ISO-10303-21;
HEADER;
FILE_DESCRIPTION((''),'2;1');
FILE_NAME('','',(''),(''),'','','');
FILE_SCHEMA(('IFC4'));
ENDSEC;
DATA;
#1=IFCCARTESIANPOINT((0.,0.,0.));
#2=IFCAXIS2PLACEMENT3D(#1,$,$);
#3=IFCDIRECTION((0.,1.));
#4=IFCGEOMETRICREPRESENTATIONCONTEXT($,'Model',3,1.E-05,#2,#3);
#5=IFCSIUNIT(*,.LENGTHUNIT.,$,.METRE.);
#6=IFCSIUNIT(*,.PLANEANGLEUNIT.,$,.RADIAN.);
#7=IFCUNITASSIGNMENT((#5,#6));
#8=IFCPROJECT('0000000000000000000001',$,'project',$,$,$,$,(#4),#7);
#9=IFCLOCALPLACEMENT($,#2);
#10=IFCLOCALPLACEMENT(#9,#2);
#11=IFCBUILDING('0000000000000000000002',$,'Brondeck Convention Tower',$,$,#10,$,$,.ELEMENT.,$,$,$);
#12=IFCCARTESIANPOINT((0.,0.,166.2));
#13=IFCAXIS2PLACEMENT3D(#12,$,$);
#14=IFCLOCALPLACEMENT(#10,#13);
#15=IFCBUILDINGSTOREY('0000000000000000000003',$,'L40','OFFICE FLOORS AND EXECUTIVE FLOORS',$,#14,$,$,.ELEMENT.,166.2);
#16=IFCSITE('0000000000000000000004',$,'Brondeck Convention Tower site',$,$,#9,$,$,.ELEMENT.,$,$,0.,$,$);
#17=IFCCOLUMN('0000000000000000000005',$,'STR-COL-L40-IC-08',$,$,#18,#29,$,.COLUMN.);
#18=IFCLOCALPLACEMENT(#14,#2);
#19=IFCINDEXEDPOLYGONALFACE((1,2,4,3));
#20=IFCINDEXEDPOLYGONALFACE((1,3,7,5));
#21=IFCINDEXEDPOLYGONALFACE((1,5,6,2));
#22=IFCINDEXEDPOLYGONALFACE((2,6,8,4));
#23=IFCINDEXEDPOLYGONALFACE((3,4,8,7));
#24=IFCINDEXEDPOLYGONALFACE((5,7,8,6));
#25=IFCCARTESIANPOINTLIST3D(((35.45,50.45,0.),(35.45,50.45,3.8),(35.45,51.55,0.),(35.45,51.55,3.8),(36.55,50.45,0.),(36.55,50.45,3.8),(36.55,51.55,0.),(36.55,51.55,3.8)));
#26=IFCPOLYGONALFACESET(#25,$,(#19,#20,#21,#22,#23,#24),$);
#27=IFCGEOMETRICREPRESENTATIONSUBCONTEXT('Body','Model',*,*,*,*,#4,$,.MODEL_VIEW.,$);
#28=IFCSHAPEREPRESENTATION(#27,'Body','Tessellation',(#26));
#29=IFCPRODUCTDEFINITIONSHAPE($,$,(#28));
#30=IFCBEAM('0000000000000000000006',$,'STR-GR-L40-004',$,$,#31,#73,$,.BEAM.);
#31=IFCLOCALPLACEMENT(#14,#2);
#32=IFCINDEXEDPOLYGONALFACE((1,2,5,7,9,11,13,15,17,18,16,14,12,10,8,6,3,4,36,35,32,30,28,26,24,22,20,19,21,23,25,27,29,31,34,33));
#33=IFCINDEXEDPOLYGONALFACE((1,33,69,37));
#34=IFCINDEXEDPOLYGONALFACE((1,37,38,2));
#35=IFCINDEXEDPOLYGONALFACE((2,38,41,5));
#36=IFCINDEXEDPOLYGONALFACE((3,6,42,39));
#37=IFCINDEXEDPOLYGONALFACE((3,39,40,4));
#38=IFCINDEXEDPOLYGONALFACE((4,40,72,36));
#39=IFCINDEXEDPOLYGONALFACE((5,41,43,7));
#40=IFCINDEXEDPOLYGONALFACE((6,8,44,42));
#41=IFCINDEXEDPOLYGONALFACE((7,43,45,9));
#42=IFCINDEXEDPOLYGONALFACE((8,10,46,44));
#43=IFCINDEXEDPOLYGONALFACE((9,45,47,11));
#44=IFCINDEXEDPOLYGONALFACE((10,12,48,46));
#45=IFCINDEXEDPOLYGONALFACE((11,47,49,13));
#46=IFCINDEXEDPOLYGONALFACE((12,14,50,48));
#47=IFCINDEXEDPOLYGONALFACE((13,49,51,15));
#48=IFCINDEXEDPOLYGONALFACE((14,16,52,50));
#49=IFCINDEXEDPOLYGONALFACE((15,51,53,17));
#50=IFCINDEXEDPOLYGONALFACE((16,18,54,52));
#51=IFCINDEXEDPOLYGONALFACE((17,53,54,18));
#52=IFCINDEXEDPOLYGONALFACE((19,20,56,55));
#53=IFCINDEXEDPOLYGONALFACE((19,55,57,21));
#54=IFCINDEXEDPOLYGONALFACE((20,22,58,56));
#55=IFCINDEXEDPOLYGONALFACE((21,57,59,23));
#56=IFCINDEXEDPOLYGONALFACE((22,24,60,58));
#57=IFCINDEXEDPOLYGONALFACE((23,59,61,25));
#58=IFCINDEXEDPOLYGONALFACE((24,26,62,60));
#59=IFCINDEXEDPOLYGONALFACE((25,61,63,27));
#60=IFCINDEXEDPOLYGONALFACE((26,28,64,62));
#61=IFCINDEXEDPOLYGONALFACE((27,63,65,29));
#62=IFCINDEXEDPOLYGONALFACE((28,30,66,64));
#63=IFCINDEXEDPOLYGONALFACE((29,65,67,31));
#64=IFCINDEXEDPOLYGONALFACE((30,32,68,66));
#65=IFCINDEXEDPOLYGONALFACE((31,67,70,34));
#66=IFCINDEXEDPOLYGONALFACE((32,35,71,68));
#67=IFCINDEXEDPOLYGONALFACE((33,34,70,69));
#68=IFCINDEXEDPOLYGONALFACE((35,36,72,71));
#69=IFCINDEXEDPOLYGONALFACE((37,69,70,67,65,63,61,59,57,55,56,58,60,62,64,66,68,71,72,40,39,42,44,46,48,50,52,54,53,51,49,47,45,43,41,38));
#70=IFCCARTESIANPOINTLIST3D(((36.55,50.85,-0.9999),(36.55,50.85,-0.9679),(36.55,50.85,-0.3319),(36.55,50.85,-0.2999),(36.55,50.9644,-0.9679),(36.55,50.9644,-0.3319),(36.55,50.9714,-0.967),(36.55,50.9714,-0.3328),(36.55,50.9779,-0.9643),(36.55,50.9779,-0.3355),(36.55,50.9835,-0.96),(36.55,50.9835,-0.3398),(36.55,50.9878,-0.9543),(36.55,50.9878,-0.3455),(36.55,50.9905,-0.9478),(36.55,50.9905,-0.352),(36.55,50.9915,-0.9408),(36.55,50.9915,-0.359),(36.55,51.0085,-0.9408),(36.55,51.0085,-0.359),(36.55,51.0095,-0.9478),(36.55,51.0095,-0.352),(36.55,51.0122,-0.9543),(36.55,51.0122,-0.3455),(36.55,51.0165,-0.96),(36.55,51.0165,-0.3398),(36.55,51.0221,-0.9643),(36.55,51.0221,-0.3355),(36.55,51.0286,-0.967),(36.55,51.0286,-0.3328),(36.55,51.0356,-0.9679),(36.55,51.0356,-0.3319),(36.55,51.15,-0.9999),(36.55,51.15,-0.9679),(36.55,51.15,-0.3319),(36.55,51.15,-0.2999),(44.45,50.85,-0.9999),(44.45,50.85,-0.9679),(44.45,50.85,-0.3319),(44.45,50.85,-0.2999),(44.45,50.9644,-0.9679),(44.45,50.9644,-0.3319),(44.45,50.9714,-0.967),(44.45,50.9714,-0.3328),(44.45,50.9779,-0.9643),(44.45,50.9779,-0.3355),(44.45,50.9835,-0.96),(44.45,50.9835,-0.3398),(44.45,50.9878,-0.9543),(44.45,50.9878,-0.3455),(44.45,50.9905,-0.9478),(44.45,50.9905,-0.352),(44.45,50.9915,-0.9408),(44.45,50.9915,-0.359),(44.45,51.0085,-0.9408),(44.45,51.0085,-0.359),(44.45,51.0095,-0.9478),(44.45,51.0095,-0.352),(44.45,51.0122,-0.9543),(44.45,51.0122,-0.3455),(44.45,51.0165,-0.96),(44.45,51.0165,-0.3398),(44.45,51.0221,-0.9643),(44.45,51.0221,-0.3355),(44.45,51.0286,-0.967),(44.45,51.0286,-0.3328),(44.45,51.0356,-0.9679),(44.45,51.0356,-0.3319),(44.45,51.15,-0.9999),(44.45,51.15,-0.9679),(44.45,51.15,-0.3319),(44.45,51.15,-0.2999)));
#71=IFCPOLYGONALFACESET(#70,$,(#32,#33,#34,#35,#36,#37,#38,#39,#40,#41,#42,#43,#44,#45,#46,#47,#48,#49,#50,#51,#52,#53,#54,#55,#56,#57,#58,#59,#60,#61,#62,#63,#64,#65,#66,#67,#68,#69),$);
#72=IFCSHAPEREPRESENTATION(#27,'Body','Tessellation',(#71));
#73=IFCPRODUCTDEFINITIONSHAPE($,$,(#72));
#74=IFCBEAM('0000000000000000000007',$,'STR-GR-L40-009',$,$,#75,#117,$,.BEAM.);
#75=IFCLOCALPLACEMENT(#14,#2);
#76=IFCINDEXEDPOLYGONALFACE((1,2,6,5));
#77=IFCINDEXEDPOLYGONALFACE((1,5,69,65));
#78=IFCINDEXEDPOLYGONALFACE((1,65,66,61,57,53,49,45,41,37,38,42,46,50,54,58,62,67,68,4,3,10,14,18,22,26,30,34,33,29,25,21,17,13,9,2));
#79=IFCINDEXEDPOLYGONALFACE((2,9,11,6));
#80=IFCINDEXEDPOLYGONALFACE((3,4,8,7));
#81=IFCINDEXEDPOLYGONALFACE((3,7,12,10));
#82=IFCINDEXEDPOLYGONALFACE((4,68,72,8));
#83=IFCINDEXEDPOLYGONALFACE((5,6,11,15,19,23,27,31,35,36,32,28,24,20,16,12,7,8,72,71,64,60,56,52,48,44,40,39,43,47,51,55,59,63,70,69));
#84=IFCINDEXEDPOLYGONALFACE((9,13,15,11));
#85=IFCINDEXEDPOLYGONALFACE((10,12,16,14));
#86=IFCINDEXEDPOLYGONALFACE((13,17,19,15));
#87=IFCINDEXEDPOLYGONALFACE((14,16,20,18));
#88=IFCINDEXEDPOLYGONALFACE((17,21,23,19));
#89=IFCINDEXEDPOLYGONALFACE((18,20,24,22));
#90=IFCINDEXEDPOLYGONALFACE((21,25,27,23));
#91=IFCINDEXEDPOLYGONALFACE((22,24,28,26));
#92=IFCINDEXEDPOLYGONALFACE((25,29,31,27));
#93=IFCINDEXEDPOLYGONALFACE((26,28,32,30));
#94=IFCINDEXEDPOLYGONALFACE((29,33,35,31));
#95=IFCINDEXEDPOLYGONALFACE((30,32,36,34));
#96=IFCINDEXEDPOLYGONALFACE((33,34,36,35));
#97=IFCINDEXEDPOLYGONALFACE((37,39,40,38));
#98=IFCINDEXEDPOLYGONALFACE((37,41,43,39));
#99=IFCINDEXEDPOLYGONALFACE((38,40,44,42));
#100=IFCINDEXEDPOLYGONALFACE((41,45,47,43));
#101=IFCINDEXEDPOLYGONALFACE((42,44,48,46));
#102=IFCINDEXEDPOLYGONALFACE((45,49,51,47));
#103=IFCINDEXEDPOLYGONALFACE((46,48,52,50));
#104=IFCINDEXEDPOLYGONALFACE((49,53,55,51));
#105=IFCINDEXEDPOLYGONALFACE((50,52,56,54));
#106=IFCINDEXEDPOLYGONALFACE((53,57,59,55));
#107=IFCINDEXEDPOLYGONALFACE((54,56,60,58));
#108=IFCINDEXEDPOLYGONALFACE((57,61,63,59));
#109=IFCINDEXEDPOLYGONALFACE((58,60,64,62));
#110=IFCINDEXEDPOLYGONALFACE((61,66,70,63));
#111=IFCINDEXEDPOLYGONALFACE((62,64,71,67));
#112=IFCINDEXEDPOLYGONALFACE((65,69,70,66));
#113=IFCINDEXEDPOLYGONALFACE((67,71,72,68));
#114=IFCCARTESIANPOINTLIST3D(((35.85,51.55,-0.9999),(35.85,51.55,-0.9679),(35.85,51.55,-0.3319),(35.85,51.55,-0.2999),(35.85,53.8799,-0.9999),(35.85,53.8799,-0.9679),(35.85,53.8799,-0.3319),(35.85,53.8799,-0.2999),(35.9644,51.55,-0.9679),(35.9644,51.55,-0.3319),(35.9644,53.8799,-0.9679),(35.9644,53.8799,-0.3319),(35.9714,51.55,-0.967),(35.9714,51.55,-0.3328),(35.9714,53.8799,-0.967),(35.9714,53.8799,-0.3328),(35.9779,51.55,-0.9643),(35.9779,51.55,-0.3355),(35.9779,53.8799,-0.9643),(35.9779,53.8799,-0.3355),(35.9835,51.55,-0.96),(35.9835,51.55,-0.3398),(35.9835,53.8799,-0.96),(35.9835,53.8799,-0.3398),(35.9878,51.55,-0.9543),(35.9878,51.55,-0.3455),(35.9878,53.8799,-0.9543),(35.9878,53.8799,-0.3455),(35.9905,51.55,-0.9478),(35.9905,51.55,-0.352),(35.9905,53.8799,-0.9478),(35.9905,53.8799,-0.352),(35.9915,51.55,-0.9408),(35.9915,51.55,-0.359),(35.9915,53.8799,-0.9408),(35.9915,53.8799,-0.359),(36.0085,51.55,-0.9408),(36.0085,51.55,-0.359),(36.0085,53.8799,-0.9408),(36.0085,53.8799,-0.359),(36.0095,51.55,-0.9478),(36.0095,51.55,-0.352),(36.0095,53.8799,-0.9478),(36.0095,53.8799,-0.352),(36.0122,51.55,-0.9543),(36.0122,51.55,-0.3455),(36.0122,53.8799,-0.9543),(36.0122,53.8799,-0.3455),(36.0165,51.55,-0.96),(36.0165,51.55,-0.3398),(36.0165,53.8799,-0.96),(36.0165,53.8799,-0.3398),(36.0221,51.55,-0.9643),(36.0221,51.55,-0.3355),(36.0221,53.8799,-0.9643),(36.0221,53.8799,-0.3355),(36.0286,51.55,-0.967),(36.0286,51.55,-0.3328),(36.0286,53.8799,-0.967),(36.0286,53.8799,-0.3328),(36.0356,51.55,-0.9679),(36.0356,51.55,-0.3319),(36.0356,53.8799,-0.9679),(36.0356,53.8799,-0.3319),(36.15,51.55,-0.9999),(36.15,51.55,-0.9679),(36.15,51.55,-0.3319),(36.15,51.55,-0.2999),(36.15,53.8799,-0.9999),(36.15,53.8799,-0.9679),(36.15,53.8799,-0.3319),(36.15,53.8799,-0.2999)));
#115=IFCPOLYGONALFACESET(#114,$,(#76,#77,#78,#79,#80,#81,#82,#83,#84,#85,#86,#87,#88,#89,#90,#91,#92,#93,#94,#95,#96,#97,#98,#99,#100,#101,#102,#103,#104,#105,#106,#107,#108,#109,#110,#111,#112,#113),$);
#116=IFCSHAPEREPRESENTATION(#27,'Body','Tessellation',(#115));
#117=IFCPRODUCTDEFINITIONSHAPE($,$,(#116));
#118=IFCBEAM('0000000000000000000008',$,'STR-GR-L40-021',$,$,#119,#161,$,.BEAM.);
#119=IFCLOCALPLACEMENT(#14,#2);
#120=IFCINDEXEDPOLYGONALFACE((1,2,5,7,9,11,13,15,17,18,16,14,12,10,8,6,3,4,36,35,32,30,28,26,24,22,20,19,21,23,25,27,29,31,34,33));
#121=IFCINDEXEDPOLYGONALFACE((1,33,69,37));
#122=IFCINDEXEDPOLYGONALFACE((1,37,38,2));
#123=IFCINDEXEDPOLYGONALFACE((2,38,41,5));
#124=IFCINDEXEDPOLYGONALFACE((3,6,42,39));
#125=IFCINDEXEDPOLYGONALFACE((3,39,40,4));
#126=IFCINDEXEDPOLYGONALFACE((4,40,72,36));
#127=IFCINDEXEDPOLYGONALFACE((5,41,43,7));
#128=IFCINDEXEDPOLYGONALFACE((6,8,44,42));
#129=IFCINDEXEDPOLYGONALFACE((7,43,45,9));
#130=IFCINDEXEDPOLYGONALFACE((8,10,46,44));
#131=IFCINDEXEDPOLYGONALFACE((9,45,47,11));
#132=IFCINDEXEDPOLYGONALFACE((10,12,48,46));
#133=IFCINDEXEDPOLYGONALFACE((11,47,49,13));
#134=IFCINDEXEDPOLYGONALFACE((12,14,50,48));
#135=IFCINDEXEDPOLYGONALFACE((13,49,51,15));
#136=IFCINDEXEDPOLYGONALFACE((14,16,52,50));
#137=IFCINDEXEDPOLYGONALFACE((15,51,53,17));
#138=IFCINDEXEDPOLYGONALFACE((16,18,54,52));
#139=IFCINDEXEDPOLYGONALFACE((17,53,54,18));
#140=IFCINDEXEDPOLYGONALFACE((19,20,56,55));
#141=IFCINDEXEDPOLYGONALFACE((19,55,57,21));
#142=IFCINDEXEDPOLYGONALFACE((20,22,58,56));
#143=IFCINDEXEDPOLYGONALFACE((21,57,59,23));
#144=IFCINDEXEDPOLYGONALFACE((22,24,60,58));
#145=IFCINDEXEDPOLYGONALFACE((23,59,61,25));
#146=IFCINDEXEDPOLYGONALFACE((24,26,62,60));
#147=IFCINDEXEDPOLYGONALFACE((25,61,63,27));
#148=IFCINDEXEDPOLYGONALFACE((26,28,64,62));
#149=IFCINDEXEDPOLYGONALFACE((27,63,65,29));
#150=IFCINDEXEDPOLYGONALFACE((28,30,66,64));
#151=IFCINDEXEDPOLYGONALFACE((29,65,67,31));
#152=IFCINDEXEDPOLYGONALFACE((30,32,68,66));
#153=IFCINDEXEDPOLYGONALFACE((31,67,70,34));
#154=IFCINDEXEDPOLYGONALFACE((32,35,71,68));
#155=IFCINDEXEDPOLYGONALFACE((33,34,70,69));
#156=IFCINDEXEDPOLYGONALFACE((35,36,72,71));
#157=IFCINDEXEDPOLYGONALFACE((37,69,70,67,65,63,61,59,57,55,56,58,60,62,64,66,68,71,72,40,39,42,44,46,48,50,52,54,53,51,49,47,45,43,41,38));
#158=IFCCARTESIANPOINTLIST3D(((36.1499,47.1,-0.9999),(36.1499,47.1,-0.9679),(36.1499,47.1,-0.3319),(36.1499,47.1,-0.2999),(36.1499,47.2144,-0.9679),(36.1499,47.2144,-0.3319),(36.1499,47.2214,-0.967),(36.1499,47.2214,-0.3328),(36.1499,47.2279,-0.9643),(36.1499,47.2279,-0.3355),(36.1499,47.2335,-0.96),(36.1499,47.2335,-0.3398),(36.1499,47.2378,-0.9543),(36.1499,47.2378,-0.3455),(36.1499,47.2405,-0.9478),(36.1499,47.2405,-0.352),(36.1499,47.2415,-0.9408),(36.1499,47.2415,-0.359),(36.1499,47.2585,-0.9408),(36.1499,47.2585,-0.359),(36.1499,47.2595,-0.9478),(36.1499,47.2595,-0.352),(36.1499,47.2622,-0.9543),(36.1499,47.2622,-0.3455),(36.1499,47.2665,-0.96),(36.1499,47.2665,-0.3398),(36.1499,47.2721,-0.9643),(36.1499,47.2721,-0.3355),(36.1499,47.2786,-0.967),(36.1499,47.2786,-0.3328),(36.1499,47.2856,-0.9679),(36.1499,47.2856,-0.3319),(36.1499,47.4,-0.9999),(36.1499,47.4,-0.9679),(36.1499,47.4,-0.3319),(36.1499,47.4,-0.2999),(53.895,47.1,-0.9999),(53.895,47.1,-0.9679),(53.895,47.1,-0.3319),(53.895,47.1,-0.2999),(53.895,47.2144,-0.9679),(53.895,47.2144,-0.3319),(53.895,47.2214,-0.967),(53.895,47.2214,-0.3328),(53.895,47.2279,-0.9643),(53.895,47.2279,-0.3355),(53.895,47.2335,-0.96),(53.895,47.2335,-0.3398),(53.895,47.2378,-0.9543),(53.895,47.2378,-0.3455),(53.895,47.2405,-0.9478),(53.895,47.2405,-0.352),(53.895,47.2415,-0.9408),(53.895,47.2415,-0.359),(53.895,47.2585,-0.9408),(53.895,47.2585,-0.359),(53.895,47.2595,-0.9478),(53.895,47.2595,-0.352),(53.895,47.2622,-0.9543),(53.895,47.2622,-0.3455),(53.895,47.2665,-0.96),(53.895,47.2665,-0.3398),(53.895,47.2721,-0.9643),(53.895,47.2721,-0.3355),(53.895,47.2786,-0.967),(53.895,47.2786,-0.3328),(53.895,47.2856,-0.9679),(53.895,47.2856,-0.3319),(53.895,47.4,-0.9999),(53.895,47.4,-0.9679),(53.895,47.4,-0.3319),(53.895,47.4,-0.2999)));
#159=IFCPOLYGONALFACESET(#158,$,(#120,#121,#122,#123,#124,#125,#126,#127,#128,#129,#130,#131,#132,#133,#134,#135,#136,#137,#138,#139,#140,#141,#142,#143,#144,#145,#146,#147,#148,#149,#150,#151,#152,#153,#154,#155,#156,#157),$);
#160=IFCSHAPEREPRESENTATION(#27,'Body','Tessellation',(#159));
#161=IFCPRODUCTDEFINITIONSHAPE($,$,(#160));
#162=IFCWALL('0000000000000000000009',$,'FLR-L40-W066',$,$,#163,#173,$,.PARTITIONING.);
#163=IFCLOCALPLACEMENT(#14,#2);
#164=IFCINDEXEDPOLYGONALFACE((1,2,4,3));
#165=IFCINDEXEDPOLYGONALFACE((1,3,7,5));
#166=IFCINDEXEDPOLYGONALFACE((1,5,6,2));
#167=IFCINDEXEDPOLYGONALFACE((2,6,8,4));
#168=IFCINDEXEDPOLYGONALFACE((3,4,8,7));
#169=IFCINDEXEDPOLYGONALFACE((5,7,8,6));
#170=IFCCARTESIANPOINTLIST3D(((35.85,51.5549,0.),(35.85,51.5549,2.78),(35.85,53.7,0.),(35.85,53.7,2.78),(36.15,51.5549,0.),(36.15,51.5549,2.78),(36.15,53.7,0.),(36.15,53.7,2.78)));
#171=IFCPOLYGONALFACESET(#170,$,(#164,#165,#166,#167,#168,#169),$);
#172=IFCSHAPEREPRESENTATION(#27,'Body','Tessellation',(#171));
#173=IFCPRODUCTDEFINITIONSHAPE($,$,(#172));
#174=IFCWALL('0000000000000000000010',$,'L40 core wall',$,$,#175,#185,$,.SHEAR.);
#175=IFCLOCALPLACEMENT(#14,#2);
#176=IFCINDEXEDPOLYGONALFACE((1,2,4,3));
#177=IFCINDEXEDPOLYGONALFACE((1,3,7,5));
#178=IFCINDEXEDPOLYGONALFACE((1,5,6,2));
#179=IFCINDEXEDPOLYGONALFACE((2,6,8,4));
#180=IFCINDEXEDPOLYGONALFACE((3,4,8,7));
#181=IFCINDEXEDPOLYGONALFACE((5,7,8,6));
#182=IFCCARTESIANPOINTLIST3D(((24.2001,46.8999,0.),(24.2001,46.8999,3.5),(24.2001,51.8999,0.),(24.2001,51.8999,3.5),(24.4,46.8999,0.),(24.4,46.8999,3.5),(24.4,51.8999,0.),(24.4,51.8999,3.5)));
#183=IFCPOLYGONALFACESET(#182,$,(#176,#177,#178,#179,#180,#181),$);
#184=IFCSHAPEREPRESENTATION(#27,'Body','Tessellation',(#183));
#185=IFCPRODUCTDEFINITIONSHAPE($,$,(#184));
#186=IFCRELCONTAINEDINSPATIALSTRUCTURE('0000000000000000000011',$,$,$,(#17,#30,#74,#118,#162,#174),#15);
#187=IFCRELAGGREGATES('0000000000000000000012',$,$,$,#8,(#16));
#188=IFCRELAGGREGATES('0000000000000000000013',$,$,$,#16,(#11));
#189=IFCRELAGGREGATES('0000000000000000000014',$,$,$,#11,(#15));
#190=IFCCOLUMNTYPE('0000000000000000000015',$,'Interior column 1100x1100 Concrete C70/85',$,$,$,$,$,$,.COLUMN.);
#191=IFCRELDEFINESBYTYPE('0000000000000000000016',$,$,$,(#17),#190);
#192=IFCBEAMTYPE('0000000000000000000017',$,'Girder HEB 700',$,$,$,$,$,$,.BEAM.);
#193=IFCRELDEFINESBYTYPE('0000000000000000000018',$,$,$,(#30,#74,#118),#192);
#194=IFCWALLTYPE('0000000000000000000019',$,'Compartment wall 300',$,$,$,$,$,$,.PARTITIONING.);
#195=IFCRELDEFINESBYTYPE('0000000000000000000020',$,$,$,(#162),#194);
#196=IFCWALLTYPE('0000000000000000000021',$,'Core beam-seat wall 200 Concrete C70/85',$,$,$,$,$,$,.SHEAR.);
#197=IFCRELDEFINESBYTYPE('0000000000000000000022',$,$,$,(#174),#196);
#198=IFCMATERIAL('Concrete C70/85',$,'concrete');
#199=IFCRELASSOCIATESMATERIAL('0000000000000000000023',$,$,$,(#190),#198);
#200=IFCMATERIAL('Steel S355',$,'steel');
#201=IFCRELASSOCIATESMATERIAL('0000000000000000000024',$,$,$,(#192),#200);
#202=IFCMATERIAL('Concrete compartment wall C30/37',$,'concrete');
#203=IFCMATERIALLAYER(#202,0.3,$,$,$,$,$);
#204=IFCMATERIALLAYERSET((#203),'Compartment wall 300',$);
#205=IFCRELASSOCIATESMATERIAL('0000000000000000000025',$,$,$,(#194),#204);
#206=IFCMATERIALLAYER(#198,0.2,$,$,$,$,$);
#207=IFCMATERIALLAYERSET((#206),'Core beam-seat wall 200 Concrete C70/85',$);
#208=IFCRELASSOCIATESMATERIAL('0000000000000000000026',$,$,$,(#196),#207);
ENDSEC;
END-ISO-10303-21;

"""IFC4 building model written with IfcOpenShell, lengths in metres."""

from ifc_helpers import new_model, si_unit, direction, frame, frame_2d, origin, origin_2d, place, context, subcontext, project, spatial, rectangle, i_section, extrude, material, layer, layer_set, material_profile, profile_set, type_object, element, save


model = new_model("IFC4")

# Units and contexts
model_context = context("Model", 3, precision=1e-05, world=origin(), true_north=direction((0.0, 1.0)))
body_context = subcontext(model_context, "Body", "Model", "MODEL_VIEW")
ifc_project = project(units=[si_unit("LENGTHUNIT", "METRE"), si_unit("PLANEANGLEUNIT", "RADIAN")], contexts=[model_context])

# Site, building, storey
site_placement = place(None, origin())
site = spatial("IfcSite", under=ifc_project, at=site_placement, Name="Brondeck Convention Tower site", CompositionType="ELEMENT", RefElevation=0.0)
building_placement = place(site_placement, origin())
building = spatial("IfcBuilding", under=site, at=building_placement, Name="Brondeck Convention Tower", CompositionType="ELEMENT")
storey_placement = place(building_placement, frame((0.0, 0.0, 166.2)))
storey = spatial("IfcBuildingStorey", under=building, at=storey_placement, Name="L40", Description="OFFICE FLOORS AND EXECUTIVE FLOORS", CompositionType="ELEMENT", Elevation=166.2)

# Column
ifc_material_1 = material(Name="Concrete C70/85", Category="concrete")
ifc_material_profile_1 = material_profile(ifc_material_1, rectangle(XDim=1.1001, YDim=1.1001, at=origin_2d()), Name="Interior column 1100x1100 Concrete C70/85")
ifc_profile_set_1 = profile_set([ifc_material_profile_1], Name="Concrete C70/85")
column_type = type_object("IfcColumnType", Name="Interior column 1100x1100 Concrete C70/85", PredefinedType="COLUMN", material=ifc_profile_set_1)
column_placement = place(storey_placement, frame((36.0, 51.0, 0.0), z_axis=(0.0, 0.0, 1.0), x_axis=(1.0, 0.0, 0.0)))
element("IfcColumn", 1, at=column_placement, inside=storey, type_object=column_type, Name="STR-COL-L40-IC-08", PredefinedType="COLUMN", context=body_context, shape_type="SweptSolid", body=[
    extrude(rectangle(XDim=1.1001, YDim=1.1001, at=origin_2d()), origin(), (0.0, 0.0, 1.0), 3.8),
])

# Beams
ifc_material_2 = material(Name="Steel S355", Category="steel")
ifc_material_profile_2 = material_profile(ifc_material_2, i_section(OverallWidth=0.3, OverallDepth=0.7, WebThickness=0.0171, FlangeThickness=0.032, FilletRadius=0.0271, at=origin_2d()), Name="HEB 700")
ifc_profile_set_2 = profile_set([ifc_material_profile_2], Name="Steel S355")
beam_type = type_object("IfcBeamType", Name="Girder HEB 700", PredefinedType="BEAM", material=ifc_profile_set_2)
beam_1_placement = place(storey_placement, frame((36.55, 51.0, -0.6499), z_axis=(1.0, 0.0, 0.0), x_axis=(0.0, 1.0, 0.0)))
element("IfcBeam", 2, at=beam_1_placement, inside=storey, type_object=beam_type, Name="STR-GR-L40-004", PredefinedType="BEAM", context=body_context, shape_type="SweptSolid", body=[
    extrude(i_section(OverallWidth=0.3, OverallDepth=0.7, WebThickness=0.0171, FlangeThickness=0.032, FilletRadius=0.0271, at=origin_2d()), origin(), (0.0, 0.0, 1.0), 7.8999),
])
beam_2_placement = place(storey_placement, frame((36.0, 51.55, -0.6499), z_axis=(0.0, 1.0, 0.0), x_axis=(-1.0, 0.0, 0.0)))
element("IfcBeam", 3, at=beam_2_placement, inside=storey, type_object=beam_type, Name="STR-GR-L40-009", PredefinedType="BEAM", context=body_context, shape_type="SweptSolid", body=[
    extrude(i_section(OverallWidth=0.3, OverallDepth=0.7, WebThickness=0.0171, FlangeThickness=0.032, FilletRadius=0.0271, at=origin_2d()), origin(), (0.0, 0.0, 1.0), 2.3298),
])
beam_3_placement = place(storey_placement, frame((36.1499, 47.25, -0.6499), z_axis=(1.0, 0.0, 0.0), x_axis=(0.0, 1.0, 0.0)))
element("IfcBeam", 4, at=beam_3_placement, inside=storey, type_object=beam_type, Name="STR-GR-L40-021", PredefinedType="BEAM", context=body_context, shape_type="SweptSolid", body=[
    extrude(i_section(OverallWidth=0.3, OverallDepth=0.7, WebThickness=0.0171, FlangeThickness=0.032, FilletRadius=0.0271, at=origin_2d()), origin(), (0.0, 0.0, 1.0), 17.7451),
])

# Walls
ifc_material_3 = material(Name="Concrete compartment wall C30/37", Category="concrete")
ifc_layer_1 = layer(ifc_material_3, 0.3)
ifc_layer_set_1 = layer_set([ifc_layer_1], Name="Compartment wall 300")
wall_type_1 = type_object("IfcWallType", Name="Compartment wall 300", PredefinedType="PARTITIONING", material=ifc_layer_set_1)
wall_1_placement = place(storey_placement, frame((36.0, 51.5549, 0.0), z_axis=(0.0, 0.0, 1.0), x_axis=(0.0, 1.0, 0.0)))
element("IfcWall", 5, at=wall_1_placement, inside=storey, type_object=wall_type_1, Name="FLR-L40-W066", PredefinedType="PARTITIONING", context=body_context, shape_type="SweptSolid", body=[
    extrude(rectangle(XDim=2.145, YDim=0.3, at=frame_2d((1.0725, 0.0))), origin(), (0.0, 0.0, 1.0), 2.78),
])
ifc_layer_2 = layer(ifc_material_1, 0.2)
ifc_layer_set_2 = layer_set([ifc_layer_2], Name="Core beam-seat wall 200 Concrete C70/85")
wall_type_2 = type_object("IfcWallType", Name="Core beam-seat wall 200 Concrete C70/85", PredefinedType="SHEAR", material=ifc_layer_set_2)
wall_2_placement = place(storey_placement, frame((24.3, 46.8999, 0.0), z_axis=(0.0, 0.0, 1.0), x_axis=(0.0, 1.0, 0.0)))
element("IfcWall", 6, at=wall_2_placement, inside=storey, type_object=wall_type_2, Name="L40 core wall", PredefinedType="SHEAR", context=body_context, shape_type="SweptSolid", body=[
    extrude(rectangle(XDim=5.0, YDim=0.2, at=frame_2d((2.5, 0.0))), origin(), (0.0, 0.0, 1.0), 3.5),
])

save(model, "model.ifc")
